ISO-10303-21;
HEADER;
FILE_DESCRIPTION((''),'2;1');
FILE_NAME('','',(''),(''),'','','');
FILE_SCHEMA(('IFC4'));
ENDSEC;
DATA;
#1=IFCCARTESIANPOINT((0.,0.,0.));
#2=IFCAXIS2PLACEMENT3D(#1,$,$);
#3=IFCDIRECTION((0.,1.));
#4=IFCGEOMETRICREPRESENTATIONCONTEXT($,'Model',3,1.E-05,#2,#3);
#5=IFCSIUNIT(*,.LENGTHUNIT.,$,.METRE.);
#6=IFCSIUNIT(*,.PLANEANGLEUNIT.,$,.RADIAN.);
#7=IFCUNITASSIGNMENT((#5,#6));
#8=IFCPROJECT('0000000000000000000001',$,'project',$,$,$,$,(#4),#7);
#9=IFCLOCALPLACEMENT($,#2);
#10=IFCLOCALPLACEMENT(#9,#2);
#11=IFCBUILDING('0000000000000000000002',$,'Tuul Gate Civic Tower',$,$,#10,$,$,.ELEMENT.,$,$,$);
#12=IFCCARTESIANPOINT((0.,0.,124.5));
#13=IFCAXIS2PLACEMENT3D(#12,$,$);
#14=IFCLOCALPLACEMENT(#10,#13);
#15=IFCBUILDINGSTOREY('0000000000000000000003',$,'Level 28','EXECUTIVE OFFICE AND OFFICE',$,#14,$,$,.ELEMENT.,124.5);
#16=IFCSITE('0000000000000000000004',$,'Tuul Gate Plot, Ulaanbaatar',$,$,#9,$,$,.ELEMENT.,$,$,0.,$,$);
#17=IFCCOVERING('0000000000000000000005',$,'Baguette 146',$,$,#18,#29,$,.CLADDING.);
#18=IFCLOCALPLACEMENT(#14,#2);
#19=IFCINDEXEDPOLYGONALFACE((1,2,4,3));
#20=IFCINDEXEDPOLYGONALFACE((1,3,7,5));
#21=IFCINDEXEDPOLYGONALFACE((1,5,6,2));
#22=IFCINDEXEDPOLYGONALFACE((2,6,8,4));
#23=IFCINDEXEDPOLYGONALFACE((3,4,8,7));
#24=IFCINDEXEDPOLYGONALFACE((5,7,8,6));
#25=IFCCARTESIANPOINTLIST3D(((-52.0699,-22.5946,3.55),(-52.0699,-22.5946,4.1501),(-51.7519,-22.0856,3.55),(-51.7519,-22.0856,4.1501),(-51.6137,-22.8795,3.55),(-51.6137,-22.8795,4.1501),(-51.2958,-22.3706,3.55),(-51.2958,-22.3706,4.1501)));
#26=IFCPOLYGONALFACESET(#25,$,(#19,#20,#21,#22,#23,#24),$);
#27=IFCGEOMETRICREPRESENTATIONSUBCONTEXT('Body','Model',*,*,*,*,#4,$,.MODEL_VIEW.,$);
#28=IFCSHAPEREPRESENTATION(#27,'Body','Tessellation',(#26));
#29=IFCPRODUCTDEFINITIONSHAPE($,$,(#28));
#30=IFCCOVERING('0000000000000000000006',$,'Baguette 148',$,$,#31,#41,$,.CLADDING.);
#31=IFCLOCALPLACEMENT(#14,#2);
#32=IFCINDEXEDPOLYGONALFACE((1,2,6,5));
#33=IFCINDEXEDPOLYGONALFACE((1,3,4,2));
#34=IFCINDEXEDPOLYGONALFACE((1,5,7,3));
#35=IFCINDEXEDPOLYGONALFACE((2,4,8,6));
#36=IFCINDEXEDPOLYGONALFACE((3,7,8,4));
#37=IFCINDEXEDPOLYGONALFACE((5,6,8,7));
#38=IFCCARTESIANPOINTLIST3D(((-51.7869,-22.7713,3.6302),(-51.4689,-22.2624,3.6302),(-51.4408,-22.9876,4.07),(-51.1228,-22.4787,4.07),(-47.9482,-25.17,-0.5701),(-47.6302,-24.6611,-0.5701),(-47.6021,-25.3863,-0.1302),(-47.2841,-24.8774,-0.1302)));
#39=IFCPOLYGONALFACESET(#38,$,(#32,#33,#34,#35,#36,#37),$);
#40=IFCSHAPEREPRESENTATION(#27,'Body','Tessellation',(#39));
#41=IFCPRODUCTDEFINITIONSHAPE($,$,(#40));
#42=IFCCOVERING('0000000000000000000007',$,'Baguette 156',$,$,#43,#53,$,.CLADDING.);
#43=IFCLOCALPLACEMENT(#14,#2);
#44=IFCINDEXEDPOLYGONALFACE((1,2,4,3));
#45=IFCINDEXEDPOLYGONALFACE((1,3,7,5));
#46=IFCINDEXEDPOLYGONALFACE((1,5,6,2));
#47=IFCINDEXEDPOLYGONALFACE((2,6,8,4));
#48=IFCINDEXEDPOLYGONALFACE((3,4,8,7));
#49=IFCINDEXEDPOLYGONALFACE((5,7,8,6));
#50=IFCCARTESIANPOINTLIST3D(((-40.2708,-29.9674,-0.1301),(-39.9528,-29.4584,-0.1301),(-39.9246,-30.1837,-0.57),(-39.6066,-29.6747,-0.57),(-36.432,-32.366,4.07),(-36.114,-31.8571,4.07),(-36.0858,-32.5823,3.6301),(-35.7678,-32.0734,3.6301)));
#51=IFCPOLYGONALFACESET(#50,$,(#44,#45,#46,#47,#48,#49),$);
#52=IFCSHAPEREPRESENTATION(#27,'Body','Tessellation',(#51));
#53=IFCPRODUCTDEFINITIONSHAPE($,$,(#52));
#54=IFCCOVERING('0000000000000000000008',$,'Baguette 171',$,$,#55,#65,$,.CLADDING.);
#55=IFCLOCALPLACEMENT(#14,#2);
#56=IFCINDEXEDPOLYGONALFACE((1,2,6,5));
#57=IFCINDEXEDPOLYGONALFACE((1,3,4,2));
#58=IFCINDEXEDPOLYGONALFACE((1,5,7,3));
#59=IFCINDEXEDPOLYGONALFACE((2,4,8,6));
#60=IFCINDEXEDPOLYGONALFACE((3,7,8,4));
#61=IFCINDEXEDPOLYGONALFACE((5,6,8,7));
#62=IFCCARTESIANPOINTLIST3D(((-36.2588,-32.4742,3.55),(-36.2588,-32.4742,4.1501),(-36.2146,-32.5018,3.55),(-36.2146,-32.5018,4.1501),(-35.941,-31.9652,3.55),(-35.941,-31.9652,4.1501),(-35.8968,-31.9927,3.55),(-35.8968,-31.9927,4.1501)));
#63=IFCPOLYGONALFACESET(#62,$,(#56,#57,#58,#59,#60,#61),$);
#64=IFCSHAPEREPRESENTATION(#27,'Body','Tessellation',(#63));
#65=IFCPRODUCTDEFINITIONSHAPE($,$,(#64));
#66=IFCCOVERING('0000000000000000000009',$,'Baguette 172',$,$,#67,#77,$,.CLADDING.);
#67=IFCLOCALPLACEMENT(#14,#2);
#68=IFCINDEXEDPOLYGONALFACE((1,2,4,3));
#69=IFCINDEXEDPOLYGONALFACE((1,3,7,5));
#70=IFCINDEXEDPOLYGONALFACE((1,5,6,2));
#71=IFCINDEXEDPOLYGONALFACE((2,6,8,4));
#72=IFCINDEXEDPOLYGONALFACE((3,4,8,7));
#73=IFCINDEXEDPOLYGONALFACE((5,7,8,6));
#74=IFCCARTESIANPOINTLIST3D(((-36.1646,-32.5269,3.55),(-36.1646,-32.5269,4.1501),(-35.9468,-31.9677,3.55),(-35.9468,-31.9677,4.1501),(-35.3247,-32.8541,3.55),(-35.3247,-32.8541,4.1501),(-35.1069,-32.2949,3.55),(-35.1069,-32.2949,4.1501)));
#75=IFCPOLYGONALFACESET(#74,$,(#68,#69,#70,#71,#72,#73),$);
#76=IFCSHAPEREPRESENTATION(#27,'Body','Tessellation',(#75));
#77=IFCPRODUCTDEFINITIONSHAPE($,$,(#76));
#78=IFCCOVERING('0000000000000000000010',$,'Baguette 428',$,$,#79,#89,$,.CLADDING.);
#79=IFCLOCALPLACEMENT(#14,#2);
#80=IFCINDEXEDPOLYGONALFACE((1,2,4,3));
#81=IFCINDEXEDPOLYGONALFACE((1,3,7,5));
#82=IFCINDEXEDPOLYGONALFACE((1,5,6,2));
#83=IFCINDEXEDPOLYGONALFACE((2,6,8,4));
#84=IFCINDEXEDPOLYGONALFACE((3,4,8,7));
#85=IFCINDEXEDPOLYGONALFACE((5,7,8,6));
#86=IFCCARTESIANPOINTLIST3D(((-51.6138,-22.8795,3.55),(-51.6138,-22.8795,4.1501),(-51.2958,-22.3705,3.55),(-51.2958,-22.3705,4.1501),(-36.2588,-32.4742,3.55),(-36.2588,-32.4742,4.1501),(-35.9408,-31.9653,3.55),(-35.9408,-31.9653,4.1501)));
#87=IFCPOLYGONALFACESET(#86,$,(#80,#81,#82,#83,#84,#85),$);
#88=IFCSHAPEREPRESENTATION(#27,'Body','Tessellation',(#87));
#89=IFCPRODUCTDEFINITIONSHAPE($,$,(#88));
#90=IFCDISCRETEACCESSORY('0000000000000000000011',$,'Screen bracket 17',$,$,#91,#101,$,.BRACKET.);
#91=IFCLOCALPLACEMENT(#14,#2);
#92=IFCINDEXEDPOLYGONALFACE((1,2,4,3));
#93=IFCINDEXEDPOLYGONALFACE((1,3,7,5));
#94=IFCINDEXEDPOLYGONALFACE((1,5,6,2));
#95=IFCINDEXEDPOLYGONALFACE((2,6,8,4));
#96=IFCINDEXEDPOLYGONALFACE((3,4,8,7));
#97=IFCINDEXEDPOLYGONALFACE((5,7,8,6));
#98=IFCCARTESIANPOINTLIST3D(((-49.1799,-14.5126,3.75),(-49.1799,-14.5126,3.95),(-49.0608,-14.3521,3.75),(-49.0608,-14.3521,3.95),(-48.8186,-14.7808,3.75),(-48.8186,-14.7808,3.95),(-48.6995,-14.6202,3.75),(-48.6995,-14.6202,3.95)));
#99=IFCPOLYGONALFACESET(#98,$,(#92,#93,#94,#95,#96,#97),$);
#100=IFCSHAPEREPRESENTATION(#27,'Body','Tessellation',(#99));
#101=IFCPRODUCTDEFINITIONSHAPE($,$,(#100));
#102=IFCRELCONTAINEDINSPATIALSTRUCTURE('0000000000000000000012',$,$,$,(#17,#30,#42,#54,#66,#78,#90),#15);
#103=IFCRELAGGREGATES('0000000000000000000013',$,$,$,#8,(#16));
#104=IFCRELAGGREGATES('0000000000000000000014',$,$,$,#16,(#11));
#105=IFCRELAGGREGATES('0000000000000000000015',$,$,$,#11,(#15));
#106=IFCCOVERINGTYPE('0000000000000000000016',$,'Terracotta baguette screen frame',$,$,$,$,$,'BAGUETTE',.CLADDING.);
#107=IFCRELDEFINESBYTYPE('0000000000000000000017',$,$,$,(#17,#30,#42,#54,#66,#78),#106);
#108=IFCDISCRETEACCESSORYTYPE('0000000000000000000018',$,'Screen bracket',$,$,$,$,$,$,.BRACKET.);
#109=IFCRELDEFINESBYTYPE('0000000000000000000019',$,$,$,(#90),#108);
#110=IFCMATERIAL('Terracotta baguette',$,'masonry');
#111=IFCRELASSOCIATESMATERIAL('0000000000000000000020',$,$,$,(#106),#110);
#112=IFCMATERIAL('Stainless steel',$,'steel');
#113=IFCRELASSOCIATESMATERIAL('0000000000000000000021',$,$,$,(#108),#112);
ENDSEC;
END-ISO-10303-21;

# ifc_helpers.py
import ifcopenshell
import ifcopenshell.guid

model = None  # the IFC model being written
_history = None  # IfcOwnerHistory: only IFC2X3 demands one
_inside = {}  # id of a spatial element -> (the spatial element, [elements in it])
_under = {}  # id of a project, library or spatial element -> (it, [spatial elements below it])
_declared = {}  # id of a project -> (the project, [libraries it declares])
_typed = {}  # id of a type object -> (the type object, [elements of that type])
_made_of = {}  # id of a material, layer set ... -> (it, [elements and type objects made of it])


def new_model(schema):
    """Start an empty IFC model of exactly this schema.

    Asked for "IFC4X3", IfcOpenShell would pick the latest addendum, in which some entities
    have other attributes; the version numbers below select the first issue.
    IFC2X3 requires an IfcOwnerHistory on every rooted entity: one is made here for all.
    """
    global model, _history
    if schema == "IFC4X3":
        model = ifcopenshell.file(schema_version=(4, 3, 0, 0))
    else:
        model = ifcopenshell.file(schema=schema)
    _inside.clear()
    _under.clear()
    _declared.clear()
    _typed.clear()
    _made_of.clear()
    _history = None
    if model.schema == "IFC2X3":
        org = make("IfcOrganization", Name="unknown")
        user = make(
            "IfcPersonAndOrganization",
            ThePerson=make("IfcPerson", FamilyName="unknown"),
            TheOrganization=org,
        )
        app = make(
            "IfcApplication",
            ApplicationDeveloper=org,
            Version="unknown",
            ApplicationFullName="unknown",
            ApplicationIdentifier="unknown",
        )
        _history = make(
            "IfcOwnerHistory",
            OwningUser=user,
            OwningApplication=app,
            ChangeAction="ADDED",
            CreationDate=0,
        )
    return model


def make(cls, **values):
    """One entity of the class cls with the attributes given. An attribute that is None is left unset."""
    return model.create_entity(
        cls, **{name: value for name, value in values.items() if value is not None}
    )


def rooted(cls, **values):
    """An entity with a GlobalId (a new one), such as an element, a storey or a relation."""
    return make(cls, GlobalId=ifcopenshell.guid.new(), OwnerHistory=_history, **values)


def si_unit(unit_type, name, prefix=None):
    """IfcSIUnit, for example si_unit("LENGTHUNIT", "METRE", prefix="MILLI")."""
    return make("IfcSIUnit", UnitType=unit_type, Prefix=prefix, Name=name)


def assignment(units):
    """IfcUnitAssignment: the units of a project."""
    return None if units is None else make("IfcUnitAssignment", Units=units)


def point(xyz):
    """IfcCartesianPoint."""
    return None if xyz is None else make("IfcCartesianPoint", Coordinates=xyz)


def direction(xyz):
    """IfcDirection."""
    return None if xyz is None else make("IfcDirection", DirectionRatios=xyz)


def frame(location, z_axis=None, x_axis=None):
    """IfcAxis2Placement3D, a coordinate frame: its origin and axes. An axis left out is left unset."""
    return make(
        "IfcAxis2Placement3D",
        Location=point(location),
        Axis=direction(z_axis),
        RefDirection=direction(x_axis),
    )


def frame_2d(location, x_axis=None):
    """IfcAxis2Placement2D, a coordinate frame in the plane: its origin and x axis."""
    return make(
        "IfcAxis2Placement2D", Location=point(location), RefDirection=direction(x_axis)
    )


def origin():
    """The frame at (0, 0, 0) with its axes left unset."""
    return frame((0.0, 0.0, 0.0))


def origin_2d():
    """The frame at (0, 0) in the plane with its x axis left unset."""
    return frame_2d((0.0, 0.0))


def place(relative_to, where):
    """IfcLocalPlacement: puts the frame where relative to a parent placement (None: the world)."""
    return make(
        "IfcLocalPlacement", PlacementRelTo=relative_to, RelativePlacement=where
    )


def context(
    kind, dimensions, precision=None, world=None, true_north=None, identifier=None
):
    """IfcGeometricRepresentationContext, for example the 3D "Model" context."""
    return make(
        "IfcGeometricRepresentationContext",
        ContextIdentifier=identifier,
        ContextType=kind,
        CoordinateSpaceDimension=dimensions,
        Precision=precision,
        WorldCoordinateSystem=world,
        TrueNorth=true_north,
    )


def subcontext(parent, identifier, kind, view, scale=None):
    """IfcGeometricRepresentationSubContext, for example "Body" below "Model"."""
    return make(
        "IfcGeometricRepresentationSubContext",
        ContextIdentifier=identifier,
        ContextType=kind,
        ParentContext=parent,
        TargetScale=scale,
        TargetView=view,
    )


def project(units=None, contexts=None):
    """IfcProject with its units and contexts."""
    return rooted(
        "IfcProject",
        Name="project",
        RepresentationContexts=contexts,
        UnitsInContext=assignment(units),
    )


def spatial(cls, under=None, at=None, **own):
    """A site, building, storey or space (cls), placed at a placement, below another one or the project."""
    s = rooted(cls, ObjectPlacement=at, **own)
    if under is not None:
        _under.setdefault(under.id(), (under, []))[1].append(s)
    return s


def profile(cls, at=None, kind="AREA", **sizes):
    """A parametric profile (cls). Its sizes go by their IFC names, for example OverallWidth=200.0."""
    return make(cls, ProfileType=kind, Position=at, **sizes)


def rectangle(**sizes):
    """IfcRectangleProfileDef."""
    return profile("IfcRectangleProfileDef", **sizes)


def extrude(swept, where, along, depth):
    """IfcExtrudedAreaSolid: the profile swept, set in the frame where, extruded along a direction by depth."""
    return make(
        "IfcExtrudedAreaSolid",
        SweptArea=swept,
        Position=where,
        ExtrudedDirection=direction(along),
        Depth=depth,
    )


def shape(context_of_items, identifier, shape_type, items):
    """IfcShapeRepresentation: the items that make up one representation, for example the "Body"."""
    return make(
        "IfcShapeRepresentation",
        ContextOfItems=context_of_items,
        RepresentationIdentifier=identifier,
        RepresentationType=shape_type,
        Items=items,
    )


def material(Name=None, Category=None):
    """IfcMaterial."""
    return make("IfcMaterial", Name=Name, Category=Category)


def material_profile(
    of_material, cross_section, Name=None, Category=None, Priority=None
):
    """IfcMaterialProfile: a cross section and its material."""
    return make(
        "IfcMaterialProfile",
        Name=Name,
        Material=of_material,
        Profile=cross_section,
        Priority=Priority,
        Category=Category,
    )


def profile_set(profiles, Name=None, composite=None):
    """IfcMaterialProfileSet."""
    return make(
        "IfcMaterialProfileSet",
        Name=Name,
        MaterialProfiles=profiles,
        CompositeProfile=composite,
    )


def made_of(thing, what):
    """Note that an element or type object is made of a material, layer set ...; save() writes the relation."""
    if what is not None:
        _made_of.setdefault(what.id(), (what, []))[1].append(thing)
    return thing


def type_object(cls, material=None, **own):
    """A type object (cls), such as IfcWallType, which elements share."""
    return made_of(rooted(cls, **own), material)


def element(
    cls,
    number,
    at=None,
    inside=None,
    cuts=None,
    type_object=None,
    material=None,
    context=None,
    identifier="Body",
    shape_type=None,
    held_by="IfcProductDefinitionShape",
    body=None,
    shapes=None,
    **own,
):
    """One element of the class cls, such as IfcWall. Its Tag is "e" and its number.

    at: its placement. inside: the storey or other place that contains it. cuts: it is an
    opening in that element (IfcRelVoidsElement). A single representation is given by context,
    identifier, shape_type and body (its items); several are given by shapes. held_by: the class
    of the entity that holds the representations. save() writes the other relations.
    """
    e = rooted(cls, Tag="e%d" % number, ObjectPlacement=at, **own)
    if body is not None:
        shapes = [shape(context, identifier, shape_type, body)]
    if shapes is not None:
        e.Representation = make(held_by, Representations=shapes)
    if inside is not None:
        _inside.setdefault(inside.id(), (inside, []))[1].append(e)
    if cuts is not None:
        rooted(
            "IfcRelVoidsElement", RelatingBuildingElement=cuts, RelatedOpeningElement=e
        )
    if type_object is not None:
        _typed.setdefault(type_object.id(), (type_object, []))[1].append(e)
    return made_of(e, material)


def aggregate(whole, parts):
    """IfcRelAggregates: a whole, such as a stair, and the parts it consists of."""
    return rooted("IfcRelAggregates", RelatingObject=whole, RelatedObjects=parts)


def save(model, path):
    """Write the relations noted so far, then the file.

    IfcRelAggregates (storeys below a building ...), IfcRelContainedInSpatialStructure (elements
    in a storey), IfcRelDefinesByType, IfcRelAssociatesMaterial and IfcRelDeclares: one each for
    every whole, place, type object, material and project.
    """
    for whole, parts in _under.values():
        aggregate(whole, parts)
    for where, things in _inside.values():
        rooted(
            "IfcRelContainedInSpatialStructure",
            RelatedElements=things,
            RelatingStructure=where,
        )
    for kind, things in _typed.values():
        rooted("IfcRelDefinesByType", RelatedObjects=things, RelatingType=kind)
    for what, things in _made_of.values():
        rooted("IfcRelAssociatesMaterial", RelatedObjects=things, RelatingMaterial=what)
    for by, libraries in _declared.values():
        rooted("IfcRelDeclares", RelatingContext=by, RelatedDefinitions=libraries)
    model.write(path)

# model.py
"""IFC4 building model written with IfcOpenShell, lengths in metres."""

from ifc_helpers import new_model, si_unit, direction, frame, origin, origin_2d, place, context, subcontext, project, spatial, rectangle, extrude, material, material_profile, profile_set, type_object, element, save


model = new_model("IFC4")

# Units and contexts
model_context = context("Model", 3, precision=1e-05, world=origin(), true_north=direction((0.0, 1.0)))
body_context = subcontext(model_context, "Body", "Model", "MODEL_VIEW")
ifc_project = project(units=[si_unit("LENGTHUNIT", "METRE"), si_unit("PLANEANGLEUNIT", "RADIAN")], contexts=[model_context])

# Site, building, storey
site_placement = place(None, origin())
site = spatial("IfcSite", under=ifc_project, at=site_placement, Name="Tuul Gate Plot, Ulaanbaatar", CompositionType="ELEMENT", RefElevation=0.0)
building_placement = place(site_placement, origin())
building = spatial("IfcBuilding", under=site, at=building_placement, Name="Tuul Gate Civic Tower", CompositionType="ELEMENT")
storey_placement = place(building_placement, frame((0.0, 0.0, 124.5)))
storey = spatial("IfcBuildingStorey", under=building, at=storey_placement, Name="Level 28", Description="EXECUTIVE OFFICE AND OFFICE", CompositionType="ELEMENT", Elevation=124.5)

# Coverings
ifc_material_1 = material(Name="Terracotta baguette", Category="masonry")
ifc_material_profile_1 = material_profile(ifc_material_1, rectangle(XDim=0.6001, YDim=0.6001, at=origin_2d()), Name="Terracotta baguette screen frame")
ifc_profile_set_1 = profile_set([ifc_material_profile_1], Name="Terracotta baguette")
covering_type = type_object("IfcCoveringType", Name="Terracotta baguette screen frame", ElementType="BAGUETTE", PredefinedType="CLADDING", material=ifc_profile_set_1)
covering_1_placement = place(storey_placement, frame((-51.9109, -22.3401, 3.8501), z_axis=(0.8481, -0.529836, 0.0), x_axis=(0.529836, 0.8481, 0.0)))
element("IfcCovering", 1, at=covering_1_placement, inside=storey, type_object=covering_type, Name="Baguette 146", PredefinedType="CLADDING", context=body_context, shape_type="SweptSolid", body=[
    extrude(rectangle(XDim=0.6001, YDim=0.6001, at=origin_2d()), origin(), (0.0, 0.0, 1.0), 0.5378),
])
for number, where, z_axis, x_axis, name in (
    (2, (-51.4548, -22.625, 3.8501), (0.621642, -0.388452, -0.680196), (0.529926, 0.848044, 0.0), "Baguette 148"),
    (3, (-39.9387, -29.821, -0.3501), (0.621666, -0.388442, 0.680179), (0.529902, 0.848059, 0.0), "Baguette 156"),
):
    element("IfcCovering", number, at=place(storey_placement, frame(where, z_axis=z_axis, x_axis=x_axis)), inside=storey, type_object=covering_type, Name=name, PredefinedType="CLADDING", context=body_context, shape_type="SweptSolid", body=[
        extrude(rectangle(XDim=0.6001, YDim=0.6001, at=origin_2d()), origin(), (0.0, 0.0, 1.0), 6.175),
    ])
covering_2_placement = place(storey_placement, frame((-36.0999, -32.2197, 3.8501), z_axis=(0.848261, -0.529578, 0.0), x_axis=(0.529578, 0.848261, 0.0)))
element("IfcCovering", 4, at=covering_2_placement, inside=storey, type_object=covering_type, Name="Baguette 171", PredefinedType="CLADDING", context=body_context, shape_type="SweptSolid", body=[
    extrude(rectangle(XDim=0.6001, YDim=0.6001, at=origin_2d()), origin(), (0.0, 0.0, 1.0), 0.052),
])
covering_3_placement = place(storey_placement, frame((-36.0557, -32.2473, 3.8501), z_axis=(0.931801, -0.362969, 0.0), x_axis=(0.362969, 0.931801, 0.0)))
element("IfcCovering", 5, at=covering_3_placement, inside=storey, type_object=covering_type, Name="Baguette 172", PredefinedType="CLADDING", context=body_context, shape_type="SweptSolid", body=[
    extrude(rectangle(XDim=0.6001, YDim=0.6001, at=origin_2d()), origin(), (0.0, 0.0, 1.0), 0.9014),
])
covering_4_placement = place(storey_placement, frame((-51.4548, -22.625, 3.8501), z_axis=(0.848051, -0.529914, 0.0), x_axis=(0.529914, 0.848051, 0.0)))
element("IfcCovering", 6, at=covering_4_placement, inside=storey, type_object=covering_type, Name="Baguette 428", PredefinedType="CLADDING", context=body_context, shape_type="SweptSolid", body=[
    extrude(rectangle(XDim=0.6001, YDim=0.6001, at=origin_2d()), origin(), (0.0, 0.0, 1.0), 18.1062),
])

# Discrete accessory
ifc_material_2 = material(Name="Stainless steel", Category="steel")
discrete_accessory_type = type_object("IfcDiscreteAccessoryType", Name="Screen bracket", PredefinedType="BRACKET", material=ifc_material_2)
discrete_accessory_placement = place(storey_placement, frame((-48.9397, -14.5664, 3.75), z_axis=(0.0, 0.0, 1.0), x_axis=(-0.803054, 0.595907, 0.0)))
element("IfcDiscreteAccessory", 7, at=discrete_accessory_placement, inside=storey, type_object=discrete_accessory_type, Name="Screen bracket 17", PredefinedType="BRACKET", context=body_context, shape_type="SweptSolid", body=[
    extrude(rectangle(XDim=0.45, YDim=0.2, at=origin_2d()), origin(), (0.0, 0.0, 1.0), 0.2),
])

save(model, "model.ifc")
